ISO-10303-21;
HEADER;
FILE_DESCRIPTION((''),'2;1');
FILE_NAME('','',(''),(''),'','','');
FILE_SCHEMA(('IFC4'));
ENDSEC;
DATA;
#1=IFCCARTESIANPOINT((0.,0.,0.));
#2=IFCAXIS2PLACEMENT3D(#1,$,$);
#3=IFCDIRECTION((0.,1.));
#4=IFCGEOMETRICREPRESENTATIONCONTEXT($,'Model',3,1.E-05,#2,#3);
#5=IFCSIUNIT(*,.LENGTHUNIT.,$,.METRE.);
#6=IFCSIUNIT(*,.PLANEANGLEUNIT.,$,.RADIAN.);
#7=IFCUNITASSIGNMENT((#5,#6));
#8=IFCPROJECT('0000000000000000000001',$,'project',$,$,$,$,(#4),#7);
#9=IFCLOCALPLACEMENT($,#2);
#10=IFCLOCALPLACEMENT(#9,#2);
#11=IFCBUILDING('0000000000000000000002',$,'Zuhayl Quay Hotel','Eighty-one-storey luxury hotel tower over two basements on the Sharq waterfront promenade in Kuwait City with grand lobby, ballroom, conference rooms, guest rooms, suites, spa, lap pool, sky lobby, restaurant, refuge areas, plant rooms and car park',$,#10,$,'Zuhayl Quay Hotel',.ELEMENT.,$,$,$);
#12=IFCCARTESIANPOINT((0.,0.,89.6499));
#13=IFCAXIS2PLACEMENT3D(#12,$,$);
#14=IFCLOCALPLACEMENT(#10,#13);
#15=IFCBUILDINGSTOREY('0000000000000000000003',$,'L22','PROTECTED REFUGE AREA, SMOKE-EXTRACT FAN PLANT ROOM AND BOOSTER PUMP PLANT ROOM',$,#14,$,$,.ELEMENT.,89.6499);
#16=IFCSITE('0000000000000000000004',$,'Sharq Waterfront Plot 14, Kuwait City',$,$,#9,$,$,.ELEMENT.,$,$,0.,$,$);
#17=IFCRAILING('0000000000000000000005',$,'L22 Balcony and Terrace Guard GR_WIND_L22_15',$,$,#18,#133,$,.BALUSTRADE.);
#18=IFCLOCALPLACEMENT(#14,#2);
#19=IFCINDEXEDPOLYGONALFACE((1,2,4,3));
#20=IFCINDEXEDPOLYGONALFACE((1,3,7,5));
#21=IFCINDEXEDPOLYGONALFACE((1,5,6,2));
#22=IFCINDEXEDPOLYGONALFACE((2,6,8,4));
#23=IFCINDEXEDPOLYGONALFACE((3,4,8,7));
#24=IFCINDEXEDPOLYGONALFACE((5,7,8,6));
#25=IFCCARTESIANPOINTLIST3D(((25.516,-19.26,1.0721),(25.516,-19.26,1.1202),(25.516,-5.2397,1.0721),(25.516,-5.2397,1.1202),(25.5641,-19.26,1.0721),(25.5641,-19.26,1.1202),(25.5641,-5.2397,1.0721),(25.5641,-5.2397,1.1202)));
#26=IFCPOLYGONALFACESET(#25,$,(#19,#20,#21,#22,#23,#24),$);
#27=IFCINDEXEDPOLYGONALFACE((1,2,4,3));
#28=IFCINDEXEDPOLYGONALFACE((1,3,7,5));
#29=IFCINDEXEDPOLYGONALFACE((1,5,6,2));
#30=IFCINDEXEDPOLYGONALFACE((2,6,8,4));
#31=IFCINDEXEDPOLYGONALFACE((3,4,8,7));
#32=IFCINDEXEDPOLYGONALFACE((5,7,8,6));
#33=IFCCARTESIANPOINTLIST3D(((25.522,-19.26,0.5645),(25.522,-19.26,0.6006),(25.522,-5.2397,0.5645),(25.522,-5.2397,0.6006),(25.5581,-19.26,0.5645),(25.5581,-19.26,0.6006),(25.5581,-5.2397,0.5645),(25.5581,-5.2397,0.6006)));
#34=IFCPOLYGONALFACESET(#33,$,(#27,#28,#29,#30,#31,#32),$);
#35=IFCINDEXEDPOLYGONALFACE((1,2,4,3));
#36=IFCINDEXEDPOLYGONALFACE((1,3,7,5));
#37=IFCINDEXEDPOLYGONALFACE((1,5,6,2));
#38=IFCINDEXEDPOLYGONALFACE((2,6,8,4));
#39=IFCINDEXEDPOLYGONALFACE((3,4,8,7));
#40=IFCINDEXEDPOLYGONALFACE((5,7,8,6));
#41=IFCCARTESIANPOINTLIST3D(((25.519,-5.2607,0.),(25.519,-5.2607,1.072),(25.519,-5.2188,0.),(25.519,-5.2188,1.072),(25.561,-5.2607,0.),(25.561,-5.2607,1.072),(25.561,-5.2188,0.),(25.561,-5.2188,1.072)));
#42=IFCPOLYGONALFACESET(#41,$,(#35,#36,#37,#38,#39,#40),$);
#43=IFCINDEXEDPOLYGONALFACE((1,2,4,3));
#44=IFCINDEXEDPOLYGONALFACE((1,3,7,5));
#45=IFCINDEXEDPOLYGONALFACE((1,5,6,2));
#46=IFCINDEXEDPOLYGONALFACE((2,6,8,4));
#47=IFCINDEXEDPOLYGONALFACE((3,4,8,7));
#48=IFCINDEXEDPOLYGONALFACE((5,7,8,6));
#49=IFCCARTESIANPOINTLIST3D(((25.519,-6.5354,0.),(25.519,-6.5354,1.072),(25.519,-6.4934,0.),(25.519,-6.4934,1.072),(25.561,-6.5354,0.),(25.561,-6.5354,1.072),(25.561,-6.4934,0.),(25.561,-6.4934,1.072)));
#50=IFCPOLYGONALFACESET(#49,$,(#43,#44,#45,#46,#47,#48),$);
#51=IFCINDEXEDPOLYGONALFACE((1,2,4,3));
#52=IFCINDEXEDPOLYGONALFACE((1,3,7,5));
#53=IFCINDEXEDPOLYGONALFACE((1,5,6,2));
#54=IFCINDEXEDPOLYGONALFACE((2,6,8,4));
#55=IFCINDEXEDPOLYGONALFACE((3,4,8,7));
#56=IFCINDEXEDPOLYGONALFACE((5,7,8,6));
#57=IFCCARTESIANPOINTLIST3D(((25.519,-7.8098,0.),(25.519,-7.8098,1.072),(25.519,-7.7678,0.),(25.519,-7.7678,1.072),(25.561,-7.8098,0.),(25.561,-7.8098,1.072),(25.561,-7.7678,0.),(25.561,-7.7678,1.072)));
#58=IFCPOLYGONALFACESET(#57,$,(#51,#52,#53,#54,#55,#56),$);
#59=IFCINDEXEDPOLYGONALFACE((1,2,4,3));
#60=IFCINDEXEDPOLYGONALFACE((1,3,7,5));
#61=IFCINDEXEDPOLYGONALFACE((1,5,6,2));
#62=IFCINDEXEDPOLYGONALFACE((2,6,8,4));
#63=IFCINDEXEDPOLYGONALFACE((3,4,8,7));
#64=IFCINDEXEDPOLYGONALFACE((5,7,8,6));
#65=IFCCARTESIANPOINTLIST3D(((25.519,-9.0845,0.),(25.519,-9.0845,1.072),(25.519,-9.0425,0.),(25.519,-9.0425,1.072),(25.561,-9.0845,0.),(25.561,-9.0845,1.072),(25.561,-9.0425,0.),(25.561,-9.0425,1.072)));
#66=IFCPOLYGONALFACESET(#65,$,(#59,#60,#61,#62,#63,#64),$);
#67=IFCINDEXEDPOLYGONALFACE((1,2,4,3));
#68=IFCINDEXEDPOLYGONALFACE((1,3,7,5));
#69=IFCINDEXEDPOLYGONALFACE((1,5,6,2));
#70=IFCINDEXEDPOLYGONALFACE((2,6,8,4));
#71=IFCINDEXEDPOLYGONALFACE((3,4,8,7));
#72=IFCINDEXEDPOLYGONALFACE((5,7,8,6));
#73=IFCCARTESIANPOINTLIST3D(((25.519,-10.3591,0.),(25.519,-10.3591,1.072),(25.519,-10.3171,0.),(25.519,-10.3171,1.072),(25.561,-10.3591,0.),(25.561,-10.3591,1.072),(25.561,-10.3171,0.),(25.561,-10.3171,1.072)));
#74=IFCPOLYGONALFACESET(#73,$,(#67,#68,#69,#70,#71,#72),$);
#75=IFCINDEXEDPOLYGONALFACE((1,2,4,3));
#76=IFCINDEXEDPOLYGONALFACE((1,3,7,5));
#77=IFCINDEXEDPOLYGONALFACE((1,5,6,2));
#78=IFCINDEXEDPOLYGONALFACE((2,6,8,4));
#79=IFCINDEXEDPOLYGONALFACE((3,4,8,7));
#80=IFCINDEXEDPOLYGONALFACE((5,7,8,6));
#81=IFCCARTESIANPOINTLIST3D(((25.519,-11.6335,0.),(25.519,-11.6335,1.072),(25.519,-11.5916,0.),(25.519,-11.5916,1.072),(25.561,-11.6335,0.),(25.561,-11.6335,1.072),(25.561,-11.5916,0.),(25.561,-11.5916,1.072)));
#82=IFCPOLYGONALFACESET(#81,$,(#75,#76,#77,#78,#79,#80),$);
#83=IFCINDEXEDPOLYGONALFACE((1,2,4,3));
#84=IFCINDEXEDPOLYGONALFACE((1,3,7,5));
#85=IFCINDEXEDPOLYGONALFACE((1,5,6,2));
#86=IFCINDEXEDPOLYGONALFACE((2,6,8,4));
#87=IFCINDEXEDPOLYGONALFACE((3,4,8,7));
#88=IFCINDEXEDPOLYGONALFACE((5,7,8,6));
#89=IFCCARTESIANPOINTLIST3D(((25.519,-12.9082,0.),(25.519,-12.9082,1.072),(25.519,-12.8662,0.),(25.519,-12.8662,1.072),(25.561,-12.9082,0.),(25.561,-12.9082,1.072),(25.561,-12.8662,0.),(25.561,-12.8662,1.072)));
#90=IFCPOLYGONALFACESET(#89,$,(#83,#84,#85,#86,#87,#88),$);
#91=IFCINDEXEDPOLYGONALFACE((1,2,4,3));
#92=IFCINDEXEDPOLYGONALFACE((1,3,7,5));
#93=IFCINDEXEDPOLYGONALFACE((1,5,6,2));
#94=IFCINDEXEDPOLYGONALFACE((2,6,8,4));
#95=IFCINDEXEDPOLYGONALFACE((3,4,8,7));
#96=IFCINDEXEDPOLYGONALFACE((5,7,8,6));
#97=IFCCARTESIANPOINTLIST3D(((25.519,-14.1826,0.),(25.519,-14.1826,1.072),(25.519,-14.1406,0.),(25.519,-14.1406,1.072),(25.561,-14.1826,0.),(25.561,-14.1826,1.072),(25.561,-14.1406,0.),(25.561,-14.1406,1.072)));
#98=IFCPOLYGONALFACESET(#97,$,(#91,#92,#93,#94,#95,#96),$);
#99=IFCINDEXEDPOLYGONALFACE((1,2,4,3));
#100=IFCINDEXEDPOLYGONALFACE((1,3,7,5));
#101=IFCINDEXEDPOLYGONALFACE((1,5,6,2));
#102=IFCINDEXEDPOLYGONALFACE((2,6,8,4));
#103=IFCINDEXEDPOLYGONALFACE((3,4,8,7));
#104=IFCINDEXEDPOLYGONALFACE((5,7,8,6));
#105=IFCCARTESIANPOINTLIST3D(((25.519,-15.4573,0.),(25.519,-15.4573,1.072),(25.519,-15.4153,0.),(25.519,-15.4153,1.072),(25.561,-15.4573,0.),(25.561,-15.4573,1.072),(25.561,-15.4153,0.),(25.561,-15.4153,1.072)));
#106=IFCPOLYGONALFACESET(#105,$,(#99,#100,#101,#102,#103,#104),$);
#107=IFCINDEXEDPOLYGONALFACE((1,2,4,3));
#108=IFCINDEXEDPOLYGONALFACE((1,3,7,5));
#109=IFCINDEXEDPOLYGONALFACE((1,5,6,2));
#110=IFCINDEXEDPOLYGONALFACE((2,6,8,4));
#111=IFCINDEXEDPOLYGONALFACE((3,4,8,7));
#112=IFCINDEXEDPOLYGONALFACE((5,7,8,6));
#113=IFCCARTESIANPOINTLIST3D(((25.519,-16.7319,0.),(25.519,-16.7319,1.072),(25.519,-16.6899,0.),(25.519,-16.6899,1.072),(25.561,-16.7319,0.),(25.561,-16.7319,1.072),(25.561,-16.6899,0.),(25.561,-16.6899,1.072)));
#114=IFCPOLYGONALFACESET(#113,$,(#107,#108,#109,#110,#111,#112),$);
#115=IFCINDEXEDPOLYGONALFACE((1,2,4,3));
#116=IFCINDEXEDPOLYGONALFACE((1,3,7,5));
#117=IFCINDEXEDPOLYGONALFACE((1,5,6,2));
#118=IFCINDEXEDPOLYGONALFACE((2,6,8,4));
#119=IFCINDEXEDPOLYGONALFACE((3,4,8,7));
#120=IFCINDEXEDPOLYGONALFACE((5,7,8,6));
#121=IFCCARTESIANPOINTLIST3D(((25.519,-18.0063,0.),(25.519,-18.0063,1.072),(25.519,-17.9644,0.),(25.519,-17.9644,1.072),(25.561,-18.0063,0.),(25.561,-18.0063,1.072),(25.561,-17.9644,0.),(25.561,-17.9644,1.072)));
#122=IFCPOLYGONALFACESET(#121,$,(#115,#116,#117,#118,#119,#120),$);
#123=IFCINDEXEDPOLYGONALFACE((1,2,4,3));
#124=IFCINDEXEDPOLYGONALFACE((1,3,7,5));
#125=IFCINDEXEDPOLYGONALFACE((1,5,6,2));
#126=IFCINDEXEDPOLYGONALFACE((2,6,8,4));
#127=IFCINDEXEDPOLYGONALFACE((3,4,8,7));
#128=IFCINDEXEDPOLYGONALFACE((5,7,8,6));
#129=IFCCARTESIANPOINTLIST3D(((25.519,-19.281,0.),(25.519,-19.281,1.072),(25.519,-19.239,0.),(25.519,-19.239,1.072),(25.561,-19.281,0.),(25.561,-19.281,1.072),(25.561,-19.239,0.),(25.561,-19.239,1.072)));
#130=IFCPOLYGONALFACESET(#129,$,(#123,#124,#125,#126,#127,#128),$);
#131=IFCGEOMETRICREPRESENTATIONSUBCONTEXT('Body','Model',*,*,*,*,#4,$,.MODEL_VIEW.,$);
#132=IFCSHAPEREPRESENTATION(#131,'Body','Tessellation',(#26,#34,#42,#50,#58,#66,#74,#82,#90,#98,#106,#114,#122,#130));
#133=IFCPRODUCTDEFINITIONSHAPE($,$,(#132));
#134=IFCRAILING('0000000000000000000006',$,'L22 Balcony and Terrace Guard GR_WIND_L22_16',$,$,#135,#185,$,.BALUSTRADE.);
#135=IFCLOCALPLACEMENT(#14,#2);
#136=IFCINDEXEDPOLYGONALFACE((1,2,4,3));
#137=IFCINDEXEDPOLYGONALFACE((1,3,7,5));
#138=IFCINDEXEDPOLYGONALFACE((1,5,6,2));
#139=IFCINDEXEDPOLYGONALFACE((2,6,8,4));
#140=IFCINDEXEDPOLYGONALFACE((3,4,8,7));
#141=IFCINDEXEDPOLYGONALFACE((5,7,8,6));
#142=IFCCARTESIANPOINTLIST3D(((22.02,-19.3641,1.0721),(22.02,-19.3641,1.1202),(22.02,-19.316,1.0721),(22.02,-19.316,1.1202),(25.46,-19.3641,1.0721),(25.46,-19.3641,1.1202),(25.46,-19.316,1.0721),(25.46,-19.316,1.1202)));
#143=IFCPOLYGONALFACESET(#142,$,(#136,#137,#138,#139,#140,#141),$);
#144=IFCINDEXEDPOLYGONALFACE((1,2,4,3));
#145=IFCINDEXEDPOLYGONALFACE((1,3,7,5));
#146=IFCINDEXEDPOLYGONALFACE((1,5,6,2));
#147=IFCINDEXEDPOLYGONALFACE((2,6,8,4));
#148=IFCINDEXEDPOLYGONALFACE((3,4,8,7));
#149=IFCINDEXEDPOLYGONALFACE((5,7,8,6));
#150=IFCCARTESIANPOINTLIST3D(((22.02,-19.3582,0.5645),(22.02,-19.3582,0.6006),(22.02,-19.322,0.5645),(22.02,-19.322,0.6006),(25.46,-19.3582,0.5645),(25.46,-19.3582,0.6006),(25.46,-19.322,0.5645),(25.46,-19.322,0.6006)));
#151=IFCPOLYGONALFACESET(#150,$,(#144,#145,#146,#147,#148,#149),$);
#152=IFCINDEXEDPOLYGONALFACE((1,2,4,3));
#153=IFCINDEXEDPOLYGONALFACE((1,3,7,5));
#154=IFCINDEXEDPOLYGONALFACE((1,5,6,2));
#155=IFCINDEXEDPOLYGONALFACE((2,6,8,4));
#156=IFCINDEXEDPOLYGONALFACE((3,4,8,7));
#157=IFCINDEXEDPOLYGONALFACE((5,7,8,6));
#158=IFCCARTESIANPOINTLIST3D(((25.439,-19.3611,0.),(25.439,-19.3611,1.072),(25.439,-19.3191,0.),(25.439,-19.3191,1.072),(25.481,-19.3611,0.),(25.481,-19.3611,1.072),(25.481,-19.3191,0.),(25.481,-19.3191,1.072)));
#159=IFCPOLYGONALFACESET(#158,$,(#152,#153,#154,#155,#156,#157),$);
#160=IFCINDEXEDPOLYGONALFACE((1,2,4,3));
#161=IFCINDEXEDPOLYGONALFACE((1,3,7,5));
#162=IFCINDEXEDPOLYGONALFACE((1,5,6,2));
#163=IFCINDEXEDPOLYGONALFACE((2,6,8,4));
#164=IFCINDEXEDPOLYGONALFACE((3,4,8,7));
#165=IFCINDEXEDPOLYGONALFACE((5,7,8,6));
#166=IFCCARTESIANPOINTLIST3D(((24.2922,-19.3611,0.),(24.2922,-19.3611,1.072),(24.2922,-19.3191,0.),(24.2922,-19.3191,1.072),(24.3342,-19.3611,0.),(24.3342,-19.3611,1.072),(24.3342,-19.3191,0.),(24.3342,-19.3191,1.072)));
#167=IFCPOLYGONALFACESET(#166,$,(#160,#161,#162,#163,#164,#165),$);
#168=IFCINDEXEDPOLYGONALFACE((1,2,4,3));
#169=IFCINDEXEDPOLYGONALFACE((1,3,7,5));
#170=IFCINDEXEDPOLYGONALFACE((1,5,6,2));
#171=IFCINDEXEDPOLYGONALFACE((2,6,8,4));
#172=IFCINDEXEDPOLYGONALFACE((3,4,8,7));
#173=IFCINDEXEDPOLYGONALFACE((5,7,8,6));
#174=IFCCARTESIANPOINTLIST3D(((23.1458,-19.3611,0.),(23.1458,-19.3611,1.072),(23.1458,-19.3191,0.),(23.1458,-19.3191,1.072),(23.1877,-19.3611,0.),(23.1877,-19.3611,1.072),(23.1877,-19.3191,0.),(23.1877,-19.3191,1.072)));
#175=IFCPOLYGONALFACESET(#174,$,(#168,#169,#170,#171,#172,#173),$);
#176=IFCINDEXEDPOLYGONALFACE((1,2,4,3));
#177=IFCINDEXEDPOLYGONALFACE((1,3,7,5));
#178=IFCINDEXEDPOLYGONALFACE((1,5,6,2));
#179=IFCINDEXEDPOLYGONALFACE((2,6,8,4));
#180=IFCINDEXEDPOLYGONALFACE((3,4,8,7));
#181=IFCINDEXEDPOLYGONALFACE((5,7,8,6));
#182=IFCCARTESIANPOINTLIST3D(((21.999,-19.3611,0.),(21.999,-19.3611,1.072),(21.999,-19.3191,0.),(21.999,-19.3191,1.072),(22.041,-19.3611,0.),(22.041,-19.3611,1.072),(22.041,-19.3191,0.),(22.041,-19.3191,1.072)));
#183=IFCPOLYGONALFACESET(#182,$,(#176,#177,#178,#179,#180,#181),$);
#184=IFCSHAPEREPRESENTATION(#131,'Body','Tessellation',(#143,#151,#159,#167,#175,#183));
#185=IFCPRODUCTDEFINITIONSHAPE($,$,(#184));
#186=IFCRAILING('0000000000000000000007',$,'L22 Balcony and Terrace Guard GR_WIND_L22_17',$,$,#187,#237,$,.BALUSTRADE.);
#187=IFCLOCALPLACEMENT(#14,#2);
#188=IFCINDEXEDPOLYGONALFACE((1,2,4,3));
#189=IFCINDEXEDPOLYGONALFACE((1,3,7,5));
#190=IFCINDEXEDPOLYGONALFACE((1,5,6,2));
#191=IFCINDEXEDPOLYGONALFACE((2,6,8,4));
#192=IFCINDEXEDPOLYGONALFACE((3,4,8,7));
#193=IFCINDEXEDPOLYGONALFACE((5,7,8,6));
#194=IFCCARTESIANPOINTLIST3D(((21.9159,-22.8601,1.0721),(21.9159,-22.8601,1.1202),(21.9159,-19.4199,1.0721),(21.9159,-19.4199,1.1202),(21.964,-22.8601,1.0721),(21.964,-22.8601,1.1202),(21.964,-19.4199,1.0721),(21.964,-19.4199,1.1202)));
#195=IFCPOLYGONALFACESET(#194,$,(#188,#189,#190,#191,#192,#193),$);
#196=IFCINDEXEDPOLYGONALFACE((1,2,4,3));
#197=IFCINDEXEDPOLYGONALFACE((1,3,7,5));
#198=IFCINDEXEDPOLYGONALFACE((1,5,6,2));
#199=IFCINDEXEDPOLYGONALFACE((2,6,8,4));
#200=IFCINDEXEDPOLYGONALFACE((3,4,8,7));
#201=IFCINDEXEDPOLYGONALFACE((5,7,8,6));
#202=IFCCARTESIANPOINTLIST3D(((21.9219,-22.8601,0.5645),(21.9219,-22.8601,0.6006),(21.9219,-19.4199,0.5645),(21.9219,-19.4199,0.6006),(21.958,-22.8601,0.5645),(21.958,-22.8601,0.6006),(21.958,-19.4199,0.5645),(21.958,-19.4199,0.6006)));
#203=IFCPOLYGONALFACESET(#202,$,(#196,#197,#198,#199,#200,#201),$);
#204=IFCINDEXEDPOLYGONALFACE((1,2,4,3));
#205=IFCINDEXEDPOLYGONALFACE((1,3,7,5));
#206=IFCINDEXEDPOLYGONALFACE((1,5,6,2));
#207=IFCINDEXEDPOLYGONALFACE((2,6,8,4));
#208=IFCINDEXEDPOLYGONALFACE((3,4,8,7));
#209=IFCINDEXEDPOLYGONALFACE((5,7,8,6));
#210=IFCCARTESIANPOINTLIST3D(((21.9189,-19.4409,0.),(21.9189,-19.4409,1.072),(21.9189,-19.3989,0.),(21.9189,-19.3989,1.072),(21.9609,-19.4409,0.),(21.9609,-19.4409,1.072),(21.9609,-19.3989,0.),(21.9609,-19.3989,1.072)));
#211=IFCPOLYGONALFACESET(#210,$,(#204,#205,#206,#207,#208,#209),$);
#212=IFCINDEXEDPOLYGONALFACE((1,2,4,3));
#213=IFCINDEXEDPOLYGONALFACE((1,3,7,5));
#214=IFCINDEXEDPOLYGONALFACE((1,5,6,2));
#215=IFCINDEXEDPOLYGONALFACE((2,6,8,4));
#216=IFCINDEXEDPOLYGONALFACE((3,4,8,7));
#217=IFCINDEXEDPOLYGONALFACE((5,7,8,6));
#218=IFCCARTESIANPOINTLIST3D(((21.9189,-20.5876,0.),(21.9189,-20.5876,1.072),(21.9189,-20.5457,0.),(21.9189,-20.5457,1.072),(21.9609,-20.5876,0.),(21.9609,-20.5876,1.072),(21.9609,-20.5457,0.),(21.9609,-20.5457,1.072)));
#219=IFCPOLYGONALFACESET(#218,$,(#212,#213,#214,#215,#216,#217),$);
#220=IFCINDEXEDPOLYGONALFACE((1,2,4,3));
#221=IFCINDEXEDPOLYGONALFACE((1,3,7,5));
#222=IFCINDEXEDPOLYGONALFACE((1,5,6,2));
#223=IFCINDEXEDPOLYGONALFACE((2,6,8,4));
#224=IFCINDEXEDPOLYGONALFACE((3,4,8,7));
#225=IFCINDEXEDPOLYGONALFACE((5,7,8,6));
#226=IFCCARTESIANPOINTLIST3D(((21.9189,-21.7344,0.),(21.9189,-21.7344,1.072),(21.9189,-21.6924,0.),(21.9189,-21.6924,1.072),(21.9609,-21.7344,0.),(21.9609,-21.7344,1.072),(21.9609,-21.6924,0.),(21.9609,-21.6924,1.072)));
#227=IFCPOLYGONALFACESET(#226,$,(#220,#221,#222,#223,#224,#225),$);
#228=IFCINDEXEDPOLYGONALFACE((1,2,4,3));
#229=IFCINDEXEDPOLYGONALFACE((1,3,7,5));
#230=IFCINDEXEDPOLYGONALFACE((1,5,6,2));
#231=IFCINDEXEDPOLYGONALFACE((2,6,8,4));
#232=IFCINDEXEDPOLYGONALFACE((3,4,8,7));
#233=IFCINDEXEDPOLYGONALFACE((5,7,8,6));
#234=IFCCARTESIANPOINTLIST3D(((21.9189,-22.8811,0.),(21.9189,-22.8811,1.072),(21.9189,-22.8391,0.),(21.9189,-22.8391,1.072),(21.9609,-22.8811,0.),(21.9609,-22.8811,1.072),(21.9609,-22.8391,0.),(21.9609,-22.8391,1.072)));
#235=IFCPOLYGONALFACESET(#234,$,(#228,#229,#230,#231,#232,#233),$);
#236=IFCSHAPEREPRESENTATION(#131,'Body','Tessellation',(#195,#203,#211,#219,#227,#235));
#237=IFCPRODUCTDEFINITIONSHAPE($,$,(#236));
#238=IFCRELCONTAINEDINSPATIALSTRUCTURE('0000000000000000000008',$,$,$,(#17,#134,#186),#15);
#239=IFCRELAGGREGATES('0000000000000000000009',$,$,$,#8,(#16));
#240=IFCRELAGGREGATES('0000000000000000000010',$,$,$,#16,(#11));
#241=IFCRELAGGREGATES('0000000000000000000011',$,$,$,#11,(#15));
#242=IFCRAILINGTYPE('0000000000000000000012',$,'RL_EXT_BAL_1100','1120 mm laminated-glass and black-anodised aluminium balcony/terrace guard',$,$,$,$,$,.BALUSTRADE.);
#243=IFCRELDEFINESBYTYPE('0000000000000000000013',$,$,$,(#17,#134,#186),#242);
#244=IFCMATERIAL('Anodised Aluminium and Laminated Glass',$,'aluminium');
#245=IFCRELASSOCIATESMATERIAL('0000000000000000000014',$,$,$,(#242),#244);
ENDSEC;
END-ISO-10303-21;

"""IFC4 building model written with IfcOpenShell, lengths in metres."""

from ifc_helpers import new_model, si_unit, direction, frame, origin, origin_2d, place, context, subcontext, project, spatial, rectangle, extrude, material, type_object, element, save


model = new_model("IFC4")

# Units and contexts
model_context = context("Model", 3, precision=1e-05, world=origin(), true_north=direction((0.0, 1.0)))
body_context = subcontext(model_context, "Body", "Model", "MODEL_VIEW")
ifc_project = project(units=[si_unit("LENGTHUNIT", "METRE"), si_unit("PLANEANGLEUNIT", "RADIAN")], contexts=[model_context])

# Site, building, storey
site_placement = place(None, origin())
site = spatial("IfcSite", under=ifc_project, at=site_placement, Name="Sharq Waterfront Plot 14, Kuwait City", CompositionType="ELEMENT", RefElevation=0.0)
building_placement = place(site_placement, origin())
building = spatial("IfcBuilding", under=site, at=building_placement, Name="Zuhayl Quay Hotel", Description="Eighty-one-storey luxury hotel tower over two basements on the Sharq waterfront promenade in Kuwait City with grand lobby, ballroom, conference rooms, guest rooms, suites, spa, lap pool, sky lobby, restaurant, refuge areas, plant rooms and car park", LongName="Zuhayl Quay Hotel", CompositionType="ELEMENT")
storey_placement = place(building_placement, frame((0.0, 0.0, 89.6499)))
storey = spatial("IfcBuildingStorey", under=building, at=storey_placement, Name="L22", Description="PROTECTED REFUGE AREA, SMOKE-EXTRACT FAN PLANT ROOM AND BOOSTER PUMP PLANT ROOM", CompositionType="ELEMENT", Elevation=89.6499)

# Railings
ifc_material_1 = material(Name="Anodised Aluminium and Laminated Glass", Category="aluminium")
railing_type = type_object("IfcRailingType", Name="RL_EXT_BAL_1100", Description="1120 mm laminated-glass and black-anodised aluminium balcony/terrace guard", PredefinedType="BALUSTRADE", material=ifc_material_1)
railing_1_placement = place(storey_placement, frame((25.54, -5.2397, 0.0)))
element("IfcRailing", 1, at=railing_1_placement, inside=storey, type_object=railing_type, Name="L22 Balcony and Terrace Guard GR_WIND_L22_15", PredefinedType="BALUSTRADE", context=body_context, shape_type="SweptSolid", body=[
    extrude(rectangle(XDim=0.0481, YDim=0.0481, at=origin_2d()), frame((0.0, 0.0, 1.0962), z_axis=(0.0, -1.0, 0.0), x_axis=(1.0, 0.0, 0.0)), (0.0, 0.0, 1.0), 14.0203),
    extrude(rectangle(XDim=0.0361, YDim=0.0361, at=origin_2d()), frame((0.0, 0.0, 0.5825), z_axis=(0.0, -1.0, 0.0), x_axis=(1.0, 0.0, 0.0)), (0.0, 0.0, 1.0), 14.0203),
    extrude(rectangle(XDim=0.042, YDim=0.042, at=origin_2d()), origin(), (0.0, 0.0, 1.0), 1.072),
    extrude(rectangle(XDim=0.042, YDim=0.042, at=origin_2d()), frame((0.0, -1.2747, 0.0)), (0.0, 0.0, 1.0), 1.072),
    extrude(rectangle(XDim=0.042, YDim=0.042, at=origin_2d()), frame((0.0, -2.5491, 0.0)), (0.0, 0.0, 1.0), 1.072),
    extrude(rectangle(XDim=0.042, YDim=0.042, at=origin_2d()), frame((0.0, -3.8237, 0.0)), (0.0, 0.0, 1.0), 1.072),
    extrude(rectangle(XDim=0.042, YDim=0.042, at=origin_2d()), frame((0.0, -5.0984, 0.0)), (0.0, 0.0, 1.0), 1.072),
    extrude(rectangle(XDim=0.042, YDim=0.042, at=origin_2d()), frame((0.0, -6.3728, 0.0)), (0.0, 0.0, 1.0), 1.072),
    extrude(rectangle(XDim=0.042, YDim=0.042, at=origin_2d()), frame((0.0, -7.6475, 0.0)), (0.0, 0.0, 1.0), 1.072),
    extrude(rectangle(XDim=0.042, YDim=0.042, at=origin_2d()), frame((0.0, -8.9219, 0.0)), (0.0, 0.0, 1.0), 1.072),
    extrude(rectangle(XDim=0.042, YDim=0.042, at=origin_2d()), frame((0.0, -10.1965, 0.0)), (0.0, 0.0, 1.0), 1.072),
    extrude(rectangle(XDim=0.042, YDim=0.042, at=origin_2d()), frame((0.0, -11.4712, 0.0)), (0.0, 0.0, 1.0), 1.072),
    extrude(rectangle(XDim=0.042, YDim=0.042, at=origin_2d()), frame((0.0, -12.7456, 0.0)), (0.0, 0.0, 1.0), 1.072),
    extrude(rectangle(XDim=0.042, YDim=0.042, at=origin_2d()), frame((0.0, -14.0203, 0.0)), (0.0, 0.0, 1.0), 1.072),
])
railing_2_placement = place(storey_placement, frame((25.46, -19.3401, 0.0)))
element("IfcRailing", 2, at=railing_2_placement, inside=storey, type_object=railing_type, Name="L22 Balcony and Terrace Guard GR_WIND_L22_16", PredefinedType="BALUSTRADE", context=body_context, shape_type="SweptSolid", body=[
    extrude(rectangle(XDim=0.0481, YDim=0.0481, at=origin_2d()), frame((0.0, 0.0, 1.0962), z_axis=(-1.0, 0.0, 0.0), x_axis=(0.0, -1.0, 0.0)), (0.0, 0.0, 1.0), 3.4399),
    extrude(rectangle(XDim=0.0361, YDim=0.0361, at=origin_2d()), frame((0.0, 0.0, 0.5825), z_axis=(-1.0, 0.0, 0.0), x_axis=(0.0, -1.0, 0.0)), (0.0, 0.0, 1.0), 3.4399),
    extrude(rectangle(XDim=0.042, YDim=0.042, at=origin_2d()), origin(), (0.0, 0.0, 1.0), 1.072),
    extrude(rectangle(XDim=0.042, YDim=0.042, at=origin_2d()), frame((-1.1467, 0.0, 0.0)), (0.0, 0.0, 1.0), 1.072),
    extrude(rectangle(XDim=0.042, YDim=0.042, at=origin_2d()), frame((-2.2932, 0.0, 0.0)), (0.0, 0.0, 1.0), 1.072),
    extrude(rectangle(XDim=0.042, YDim=0.042, at=origin_2d()), frame((-3.4399, 0.0, 0.0)), (0.0, 0.0, 1.0), 1.072),
])
railing_3_placement = place(storey_placement, frame((21.9399, -19.4199, 0.0)))
element("IfcRailing", 3, at=railing_3_placement, inside=storey, type_object=railing_type, Name="L22 Balcony and Terrace Guard GR_WIND_L22_17", PredefinedType="BALUSTRADE", context=body_context, shape_type="SweptSolid", body=[
    extrude(rectangle(XDim=0.0481, YDim=0.0481, at=origin_2d()), frame((0.0, 0.0, 1.0962), z_axis=(0.0, -1.0, 0.0), x_axis=(1.0, 0.0, 0.0)), (0.0, 0.0, 1.0), 3.4402),
    extrude(rectangle(XDim=0.0361, YDim=0.0361, at=origin_2d()), frame((0.0, 0.0, 0.5825), z_axis=(0.0, -1.0, 0.0), x_axis=(1.0, 0.0, 0.0)), (0.0, 0.0, 1.0), 3.4402),
    extrude(rectangle(XDim=0.042, YDim=0.042, at=origin_2d()), origin(), (0.0, 0.0, 1.0), 1.072),
    extrude(rectangle(XDim=0.042, YDim=0.042, at=origin_2d()), frame((0.0, -1.1467, 0.0)), (0.0, 0.0, 1.0), 1.072),
    extrude(rectangle(XDim=0.042, YDim=0.042, at=origin_2d()), frame((0.0, -2.2935, 0.0)), (0.0, 0.0, 1.0), 1.072),
    extrude(rectangle(XDim=0.042, YDim=0.042, at=origin_2d()), frame((0.0, -3.4402, 0.0)), (0.0, 0.0, 1.0), 1.072),
])

save(model, "model.ifc")
